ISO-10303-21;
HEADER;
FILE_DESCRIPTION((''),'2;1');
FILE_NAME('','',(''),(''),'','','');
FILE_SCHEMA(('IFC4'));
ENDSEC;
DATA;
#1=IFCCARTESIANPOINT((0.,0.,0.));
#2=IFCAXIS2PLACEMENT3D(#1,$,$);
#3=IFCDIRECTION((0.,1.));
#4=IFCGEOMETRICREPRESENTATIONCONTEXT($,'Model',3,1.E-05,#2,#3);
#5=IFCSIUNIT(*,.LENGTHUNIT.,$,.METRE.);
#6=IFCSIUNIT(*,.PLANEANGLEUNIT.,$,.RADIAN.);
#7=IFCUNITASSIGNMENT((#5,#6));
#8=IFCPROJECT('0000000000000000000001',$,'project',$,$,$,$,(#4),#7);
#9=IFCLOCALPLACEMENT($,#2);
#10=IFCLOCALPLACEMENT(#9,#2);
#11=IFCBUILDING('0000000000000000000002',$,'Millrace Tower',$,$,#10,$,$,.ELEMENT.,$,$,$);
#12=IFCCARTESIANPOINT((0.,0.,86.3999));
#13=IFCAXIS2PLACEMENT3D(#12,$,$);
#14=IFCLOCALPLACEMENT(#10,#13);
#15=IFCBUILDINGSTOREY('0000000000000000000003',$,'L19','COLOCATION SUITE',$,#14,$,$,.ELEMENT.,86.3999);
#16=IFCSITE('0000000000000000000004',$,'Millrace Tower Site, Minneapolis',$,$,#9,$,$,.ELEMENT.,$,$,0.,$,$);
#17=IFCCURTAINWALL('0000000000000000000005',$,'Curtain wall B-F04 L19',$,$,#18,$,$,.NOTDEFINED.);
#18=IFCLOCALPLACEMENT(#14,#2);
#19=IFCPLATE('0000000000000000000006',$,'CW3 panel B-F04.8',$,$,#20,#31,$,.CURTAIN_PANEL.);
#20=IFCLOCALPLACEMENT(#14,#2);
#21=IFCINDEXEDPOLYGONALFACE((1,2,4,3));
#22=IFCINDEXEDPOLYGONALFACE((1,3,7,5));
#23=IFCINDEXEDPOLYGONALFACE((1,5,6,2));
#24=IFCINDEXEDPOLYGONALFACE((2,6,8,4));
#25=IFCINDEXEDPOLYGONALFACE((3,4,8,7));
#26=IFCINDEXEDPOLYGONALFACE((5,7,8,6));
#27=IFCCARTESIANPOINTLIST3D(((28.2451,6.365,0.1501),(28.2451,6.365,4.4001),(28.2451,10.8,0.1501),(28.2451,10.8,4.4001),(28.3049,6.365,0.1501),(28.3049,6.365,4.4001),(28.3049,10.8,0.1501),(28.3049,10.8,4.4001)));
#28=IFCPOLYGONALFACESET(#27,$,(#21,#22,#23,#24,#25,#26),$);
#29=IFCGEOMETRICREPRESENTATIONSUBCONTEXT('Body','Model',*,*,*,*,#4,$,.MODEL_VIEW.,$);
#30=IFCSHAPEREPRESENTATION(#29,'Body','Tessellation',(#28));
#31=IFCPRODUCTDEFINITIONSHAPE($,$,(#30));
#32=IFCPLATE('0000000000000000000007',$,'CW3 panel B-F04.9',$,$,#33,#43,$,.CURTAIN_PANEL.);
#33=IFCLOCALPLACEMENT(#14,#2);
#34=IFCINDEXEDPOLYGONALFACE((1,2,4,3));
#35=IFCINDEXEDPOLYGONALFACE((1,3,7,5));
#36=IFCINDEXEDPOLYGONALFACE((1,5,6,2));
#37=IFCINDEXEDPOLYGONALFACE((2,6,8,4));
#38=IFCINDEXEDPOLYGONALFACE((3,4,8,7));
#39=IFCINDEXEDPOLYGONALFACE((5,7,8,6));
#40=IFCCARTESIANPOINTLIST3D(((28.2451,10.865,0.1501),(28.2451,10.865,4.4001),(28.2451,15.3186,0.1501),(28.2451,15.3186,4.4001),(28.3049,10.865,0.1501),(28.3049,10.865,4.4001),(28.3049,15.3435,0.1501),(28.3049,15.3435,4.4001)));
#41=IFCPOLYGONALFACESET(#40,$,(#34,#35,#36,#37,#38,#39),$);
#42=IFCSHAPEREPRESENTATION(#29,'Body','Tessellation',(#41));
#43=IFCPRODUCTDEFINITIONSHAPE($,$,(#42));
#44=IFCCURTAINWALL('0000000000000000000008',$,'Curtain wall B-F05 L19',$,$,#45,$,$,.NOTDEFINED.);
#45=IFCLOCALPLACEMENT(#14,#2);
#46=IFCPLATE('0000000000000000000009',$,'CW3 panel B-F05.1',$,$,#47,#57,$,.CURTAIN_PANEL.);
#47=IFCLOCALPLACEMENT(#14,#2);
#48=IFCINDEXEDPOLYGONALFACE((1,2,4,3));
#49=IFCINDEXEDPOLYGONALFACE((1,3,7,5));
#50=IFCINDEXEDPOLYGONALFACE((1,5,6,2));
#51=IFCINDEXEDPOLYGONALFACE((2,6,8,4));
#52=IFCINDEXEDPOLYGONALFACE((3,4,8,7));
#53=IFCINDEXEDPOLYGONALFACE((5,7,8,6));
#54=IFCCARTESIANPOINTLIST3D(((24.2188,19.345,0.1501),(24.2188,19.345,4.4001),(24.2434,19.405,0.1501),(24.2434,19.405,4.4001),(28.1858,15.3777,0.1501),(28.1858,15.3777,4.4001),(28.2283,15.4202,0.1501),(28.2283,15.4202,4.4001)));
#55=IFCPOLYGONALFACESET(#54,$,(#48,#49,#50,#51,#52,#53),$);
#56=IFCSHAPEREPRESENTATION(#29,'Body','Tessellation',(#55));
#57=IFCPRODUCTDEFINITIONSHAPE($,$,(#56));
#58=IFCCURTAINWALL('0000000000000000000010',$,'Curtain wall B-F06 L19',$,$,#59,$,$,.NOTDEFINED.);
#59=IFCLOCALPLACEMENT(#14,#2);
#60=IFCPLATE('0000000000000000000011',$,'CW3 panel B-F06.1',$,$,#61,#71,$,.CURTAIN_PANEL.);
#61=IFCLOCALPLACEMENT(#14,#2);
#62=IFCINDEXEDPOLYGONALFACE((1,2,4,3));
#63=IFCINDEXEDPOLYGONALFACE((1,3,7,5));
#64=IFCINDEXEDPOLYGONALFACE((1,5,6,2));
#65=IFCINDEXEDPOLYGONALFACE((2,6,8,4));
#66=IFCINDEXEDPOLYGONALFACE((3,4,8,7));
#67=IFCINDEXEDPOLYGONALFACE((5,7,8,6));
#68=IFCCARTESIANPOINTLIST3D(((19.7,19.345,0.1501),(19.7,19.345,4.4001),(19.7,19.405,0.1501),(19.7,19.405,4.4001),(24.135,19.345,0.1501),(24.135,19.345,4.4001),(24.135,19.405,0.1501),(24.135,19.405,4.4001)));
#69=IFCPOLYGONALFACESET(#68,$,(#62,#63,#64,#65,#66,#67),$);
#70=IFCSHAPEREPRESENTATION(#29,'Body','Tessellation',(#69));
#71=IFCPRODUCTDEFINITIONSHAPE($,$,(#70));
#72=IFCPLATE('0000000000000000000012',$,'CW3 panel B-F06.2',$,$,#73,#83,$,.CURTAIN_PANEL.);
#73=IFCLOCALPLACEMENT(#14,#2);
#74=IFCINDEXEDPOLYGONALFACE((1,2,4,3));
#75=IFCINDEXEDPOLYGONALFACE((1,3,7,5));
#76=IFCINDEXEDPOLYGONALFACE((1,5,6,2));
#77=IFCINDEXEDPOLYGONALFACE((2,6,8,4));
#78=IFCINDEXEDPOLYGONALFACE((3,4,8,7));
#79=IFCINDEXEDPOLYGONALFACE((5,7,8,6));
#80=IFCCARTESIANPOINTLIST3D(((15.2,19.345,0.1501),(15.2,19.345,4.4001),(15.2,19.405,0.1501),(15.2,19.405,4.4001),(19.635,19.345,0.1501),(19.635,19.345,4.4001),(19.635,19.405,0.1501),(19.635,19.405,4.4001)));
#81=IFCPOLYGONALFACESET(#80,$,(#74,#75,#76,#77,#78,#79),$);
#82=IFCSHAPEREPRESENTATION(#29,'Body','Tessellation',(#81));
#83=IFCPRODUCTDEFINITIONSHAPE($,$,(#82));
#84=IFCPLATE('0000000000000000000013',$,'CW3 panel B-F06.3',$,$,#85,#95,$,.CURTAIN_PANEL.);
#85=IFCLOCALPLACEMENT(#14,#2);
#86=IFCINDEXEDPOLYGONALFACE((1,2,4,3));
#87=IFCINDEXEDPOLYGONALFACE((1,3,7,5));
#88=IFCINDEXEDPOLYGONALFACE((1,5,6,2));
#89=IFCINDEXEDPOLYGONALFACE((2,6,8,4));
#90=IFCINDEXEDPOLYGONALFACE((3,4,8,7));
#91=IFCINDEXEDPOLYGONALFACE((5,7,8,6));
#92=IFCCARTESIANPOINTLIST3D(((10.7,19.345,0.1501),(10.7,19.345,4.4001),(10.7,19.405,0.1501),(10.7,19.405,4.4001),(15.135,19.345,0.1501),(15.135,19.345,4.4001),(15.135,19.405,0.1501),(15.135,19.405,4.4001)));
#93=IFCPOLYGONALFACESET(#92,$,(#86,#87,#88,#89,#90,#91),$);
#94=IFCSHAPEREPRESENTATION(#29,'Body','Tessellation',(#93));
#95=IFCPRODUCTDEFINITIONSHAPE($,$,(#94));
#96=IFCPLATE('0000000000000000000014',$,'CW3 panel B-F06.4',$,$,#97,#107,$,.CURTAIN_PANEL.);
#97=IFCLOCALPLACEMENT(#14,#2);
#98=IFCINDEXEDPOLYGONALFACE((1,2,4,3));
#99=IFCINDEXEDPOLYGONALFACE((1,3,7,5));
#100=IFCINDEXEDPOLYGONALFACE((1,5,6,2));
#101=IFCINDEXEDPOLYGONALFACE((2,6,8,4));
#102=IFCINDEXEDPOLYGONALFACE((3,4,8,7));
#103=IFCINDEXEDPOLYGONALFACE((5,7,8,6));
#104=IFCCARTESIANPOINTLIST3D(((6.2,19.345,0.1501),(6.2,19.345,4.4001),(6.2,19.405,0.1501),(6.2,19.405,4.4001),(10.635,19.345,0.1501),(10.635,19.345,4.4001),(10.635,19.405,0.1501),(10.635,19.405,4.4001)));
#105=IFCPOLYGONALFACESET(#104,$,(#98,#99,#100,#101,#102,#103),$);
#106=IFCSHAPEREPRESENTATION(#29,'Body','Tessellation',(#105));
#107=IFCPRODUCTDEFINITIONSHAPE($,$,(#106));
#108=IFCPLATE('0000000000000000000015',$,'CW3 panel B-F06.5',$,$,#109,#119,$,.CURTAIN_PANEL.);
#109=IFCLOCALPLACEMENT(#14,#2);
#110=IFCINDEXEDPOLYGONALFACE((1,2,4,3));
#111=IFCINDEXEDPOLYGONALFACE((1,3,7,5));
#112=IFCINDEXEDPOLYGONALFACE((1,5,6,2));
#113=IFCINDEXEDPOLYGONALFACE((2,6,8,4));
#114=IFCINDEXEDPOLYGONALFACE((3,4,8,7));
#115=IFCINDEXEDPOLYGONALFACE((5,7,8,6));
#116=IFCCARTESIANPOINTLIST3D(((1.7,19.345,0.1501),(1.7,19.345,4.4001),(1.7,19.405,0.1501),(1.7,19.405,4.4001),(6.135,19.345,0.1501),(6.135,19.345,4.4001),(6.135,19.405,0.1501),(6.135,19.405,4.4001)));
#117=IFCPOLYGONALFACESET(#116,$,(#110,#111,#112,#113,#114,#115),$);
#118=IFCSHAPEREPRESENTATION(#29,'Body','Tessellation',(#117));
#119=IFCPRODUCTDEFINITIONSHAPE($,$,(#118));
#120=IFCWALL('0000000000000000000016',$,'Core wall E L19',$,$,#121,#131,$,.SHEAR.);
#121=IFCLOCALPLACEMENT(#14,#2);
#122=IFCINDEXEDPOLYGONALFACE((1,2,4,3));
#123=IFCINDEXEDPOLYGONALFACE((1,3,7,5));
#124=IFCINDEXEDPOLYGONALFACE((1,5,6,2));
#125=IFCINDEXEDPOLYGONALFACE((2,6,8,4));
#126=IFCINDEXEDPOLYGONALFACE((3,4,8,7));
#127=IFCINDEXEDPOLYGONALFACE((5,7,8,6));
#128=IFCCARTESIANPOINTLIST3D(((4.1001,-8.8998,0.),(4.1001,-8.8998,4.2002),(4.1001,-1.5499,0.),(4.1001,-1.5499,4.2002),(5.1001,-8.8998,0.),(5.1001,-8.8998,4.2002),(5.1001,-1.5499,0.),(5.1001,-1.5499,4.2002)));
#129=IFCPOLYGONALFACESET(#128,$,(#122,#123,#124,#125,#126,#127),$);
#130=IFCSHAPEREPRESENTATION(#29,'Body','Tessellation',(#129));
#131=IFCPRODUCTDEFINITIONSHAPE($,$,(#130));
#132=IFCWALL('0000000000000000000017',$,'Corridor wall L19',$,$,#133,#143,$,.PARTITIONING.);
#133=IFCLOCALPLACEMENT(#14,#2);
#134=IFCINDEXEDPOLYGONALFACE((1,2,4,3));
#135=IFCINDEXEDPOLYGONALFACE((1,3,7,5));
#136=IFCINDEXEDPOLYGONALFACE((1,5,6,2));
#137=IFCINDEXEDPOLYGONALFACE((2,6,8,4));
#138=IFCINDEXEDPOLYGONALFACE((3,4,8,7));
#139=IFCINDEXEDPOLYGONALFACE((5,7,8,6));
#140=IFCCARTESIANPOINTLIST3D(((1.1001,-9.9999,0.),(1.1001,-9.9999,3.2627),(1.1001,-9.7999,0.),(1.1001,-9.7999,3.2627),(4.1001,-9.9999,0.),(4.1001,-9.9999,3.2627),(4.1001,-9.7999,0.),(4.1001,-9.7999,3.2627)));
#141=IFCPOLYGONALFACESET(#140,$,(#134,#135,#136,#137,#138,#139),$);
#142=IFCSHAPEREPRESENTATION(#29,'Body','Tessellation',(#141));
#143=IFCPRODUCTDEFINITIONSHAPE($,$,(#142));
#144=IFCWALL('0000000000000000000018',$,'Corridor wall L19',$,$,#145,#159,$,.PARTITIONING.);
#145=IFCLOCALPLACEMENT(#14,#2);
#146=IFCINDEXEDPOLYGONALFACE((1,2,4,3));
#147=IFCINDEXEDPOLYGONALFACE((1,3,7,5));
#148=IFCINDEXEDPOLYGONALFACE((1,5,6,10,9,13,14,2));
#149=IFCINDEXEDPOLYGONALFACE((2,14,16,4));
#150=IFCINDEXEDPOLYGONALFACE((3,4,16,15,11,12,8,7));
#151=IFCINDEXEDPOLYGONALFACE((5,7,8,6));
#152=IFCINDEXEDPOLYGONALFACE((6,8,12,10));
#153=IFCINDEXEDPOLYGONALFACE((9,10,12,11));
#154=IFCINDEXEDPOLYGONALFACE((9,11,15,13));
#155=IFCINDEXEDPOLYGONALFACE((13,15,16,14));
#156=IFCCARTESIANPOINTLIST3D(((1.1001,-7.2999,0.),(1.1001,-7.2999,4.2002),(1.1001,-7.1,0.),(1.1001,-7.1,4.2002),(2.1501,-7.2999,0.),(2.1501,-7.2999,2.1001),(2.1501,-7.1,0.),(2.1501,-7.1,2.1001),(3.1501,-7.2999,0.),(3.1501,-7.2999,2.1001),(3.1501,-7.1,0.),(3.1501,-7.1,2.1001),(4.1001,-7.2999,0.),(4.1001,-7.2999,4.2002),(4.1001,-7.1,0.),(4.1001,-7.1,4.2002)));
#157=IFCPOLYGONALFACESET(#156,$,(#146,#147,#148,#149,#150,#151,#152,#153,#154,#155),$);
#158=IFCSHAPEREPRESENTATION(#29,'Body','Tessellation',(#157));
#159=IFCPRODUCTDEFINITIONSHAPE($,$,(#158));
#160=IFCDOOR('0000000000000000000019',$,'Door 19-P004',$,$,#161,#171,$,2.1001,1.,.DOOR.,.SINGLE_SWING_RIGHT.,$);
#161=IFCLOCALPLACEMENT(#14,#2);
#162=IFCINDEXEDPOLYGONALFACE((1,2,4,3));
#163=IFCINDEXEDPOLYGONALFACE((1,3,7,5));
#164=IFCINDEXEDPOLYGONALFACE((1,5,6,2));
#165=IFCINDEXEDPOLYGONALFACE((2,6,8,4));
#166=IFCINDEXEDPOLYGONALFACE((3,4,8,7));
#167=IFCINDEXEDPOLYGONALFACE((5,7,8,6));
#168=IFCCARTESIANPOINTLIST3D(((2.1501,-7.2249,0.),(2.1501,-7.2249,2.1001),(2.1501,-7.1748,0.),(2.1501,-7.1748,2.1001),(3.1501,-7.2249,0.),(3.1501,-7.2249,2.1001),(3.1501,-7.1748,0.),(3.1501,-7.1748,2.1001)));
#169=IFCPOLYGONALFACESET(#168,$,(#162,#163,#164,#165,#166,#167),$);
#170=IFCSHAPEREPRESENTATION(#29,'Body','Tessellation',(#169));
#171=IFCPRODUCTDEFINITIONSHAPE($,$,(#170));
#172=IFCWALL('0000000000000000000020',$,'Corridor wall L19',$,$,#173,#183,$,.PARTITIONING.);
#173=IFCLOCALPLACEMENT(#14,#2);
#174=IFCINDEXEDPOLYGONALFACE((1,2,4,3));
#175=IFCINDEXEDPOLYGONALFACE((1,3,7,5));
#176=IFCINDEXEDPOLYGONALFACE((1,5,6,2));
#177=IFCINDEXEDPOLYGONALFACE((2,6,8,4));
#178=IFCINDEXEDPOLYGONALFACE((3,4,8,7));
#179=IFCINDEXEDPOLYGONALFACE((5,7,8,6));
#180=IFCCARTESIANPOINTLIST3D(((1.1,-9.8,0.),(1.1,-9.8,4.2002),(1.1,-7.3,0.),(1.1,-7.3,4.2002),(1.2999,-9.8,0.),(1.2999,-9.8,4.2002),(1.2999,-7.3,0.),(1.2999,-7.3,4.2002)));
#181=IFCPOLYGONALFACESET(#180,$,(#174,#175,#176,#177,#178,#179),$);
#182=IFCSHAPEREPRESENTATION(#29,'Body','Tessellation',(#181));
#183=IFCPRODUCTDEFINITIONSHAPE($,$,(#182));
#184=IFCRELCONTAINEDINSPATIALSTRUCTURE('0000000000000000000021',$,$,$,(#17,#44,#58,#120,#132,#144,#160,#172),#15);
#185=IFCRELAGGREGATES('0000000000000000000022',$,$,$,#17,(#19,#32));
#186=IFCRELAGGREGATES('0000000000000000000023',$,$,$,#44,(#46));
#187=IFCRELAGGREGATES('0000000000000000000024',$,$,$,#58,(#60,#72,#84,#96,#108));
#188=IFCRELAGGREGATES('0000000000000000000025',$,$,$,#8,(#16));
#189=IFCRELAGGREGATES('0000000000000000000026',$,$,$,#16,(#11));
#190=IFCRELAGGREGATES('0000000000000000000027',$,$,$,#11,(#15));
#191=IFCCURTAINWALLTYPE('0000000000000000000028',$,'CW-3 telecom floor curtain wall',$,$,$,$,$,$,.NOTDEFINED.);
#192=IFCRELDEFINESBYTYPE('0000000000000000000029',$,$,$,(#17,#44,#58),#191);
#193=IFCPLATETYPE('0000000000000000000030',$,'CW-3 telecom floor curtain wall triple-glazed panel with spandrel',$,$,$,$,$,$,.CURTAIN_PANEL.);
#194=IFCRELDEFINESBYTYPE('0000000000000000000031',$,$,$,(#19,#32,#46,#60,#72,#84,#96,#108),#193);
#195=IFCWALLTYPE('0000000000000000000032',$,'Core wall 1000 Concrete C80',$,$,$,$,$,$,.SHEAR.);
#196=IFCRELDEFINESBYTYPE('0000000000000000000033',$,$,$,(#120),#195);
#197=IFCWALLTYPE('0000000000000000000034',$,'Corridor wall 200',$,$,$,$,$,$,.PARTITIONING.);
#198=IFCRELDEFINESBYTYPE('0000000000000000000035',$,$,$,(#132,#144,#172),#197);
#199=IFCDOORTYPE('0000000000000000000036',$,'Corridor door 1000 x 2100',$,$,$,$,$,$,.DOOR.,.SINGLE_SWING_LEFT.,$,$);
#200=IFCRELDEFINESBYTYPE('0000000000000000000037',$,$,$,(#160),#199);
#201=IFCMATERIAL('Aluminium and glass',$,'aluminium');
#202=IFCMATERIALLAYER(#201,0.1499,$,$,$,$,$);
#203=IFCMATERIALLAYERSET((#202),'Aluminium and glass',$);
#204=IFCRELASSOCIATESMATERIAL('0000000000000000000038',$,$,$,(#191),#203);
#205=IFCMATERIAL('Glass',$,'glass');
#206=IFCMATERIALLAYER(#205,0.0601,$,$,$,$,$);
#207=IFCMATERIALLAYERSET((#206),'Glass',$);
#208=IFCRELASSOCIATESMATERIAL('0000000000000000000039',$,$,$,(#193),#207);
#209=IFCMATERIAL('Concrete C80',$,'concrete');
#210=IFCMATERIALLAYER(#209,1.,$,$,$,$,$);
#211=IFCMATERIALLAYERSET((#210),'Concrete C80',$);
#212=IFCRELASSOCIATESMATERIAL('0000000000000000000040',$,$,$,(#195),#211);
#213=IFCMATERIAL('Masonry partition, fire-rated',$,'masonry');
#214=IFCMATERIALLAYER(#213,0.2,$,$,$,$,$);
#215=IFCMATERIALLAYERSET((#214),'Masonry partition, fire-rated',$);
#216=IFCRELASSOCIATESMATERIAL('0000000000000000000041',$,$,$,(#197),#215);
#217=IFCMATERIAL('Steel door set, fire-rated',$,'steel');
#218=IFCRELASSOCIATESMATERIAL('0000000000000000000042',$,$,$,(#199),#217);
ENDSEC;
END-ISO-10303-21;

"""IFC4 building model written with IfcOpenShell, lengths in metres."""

from ifc_helpers import new_model, si_unit, direction, frame, frame_2d, origin, place, context, subcontext, project, spatial, polyline, rectangle, outline, extrude, material, layer, layer_set, type_object, element, fill, aggregate, save


model = new_model("IFC4")

# Units and contexts
model_context = context("Model", 3, precision=1e-05, world=origin(), true_north=direction((0.0, 1.0)))
body_context = subcontext(model_context, "Body", "Model", "MODEL_VIEW")
ifc_project = project(units=[si_unit("LENGTHUNIT", "METRE"), si_unit("PLANEANGLEUNIT", "RADIAN")], contexts=[model_context])

# Site, building, storey
site_placement = place(None, origin())
site = spatial("IfcSite", under=ifc_project, at=site_placement, Name="Millrace Tower Site, Minneapolis", CompositionType="ELEMENT", RefElevation=0.0)
building_placement = place(site_placement, origin())
building = spatial("IfcBuilding", under=site, at=building_placement, Name="Millrace Tower", CompositionType="ELEMENT")
storey_placement = place(building_placement, frame((0.0, 0.0, 86.3999)))
storey = spatial("IfcBuildingStorey", under=building, at=storey_placement, Name="L19", Description="COLOCATION SUITE", CompositionType="ELEMENT", Elevation=86.3999)

# Curtain wall, plates
ifc_material_1 = material(Name="Aluminium and glass", Category="aluminium")
ifc_layer_1 = layer(ifc_material_1, 0.1499)
ifc_layer_set_1 = layer_set([ifc_layer_1], Name="Aluminium and glass")
curtain_wall_type = type_object("IfcCurtainWallType", Name="CW-3 telecom floor curtain wall", PredefinedType="NOTDEFINED", material=ifc_layer_set_1)
placement_1 = place(storey_placement, origin())
curtain_wall_1 = element("IfcCurtainWall", 1, at=placement_1, inside=storey, type_object=curtain_wall_type, Name="Curtain wall B-F04 L19", PredefinedType="NOTDEFINED")
ifc_material_2 = material(Name="Glass", Category="glass")
ifc_layer_2 = layer(ifc_material_2, 0.0601)
ifc_layer_set_2 = layer_set([ifc_layer_2], Name="Glass")
plate_type = type_object("IfcPlateType", Name="CW-3 telecom floor curtain wall triple-glazed panel with spandrel", PredefinedType="CURTAIN_PANEL", material=ifc_layer_set_2)
placement_2 = place(storey_placement, frame((0.0, 0.0, 0.1501)))
plate_1 = element("IfcPlate", 2, at=placement_2, type_object=plate_type, Name="CW3 panel B-F04.8", PredefinedType="CURTAIN_PANEL", context=body_context, shape_type="SweptSolid", body=[
    extrude(outline(polyline([(28.3049, 6.365), (28.3049, 10.8), (28.2451, 10.8), (28.2451, 6.365), (28.3049, 6.365)])), origin(), (0.0, 0.0, 1.0), 4.25),
])
plate_2 = element("IfcPlate", 3, at=placement_2, type_object=plate_type, Name="CW3 panel B-F04.9", PredefinedType="CURTAIN_PANEL", context=body_context, shape_type="SweptSolid", body=[
    extrude(outline(polyline([(28.3049, 10.865), (28.3049, 15.3435), (28.2451, 15.3186), (28.2451, 10.865), (28.3049, 10.865)])), origin(), (0.0, 0.0, 1.0), 4.25),
])
aggregate(curtain_wall_1, [plate_1, plate_2])

# Curtain wall, plate
curtain_wall_2 = element("IfcCurtainWall", 4, at=placement_1, inside=storey, type_object=curtain_wall_type, Name="Curtain wall B-F05 L19", PredefinedType="NOTDEFINED")
plate_3 = element("IfcPlate", 5, at=placement_2, type_object=plate_type, Name="CW3 panel B-F05.1", PredefinedType="CURTAIN_PANEL", context=body_context, shape_type="SweptSolid", body=[
    extrude(outline(polyline([(28.2283, 15.4202), (24.2434, 19.405), (24.2188, 19.345), (28.1858, 15.3777), (28.2283, 15.4202)])), origin(), (0.0, 0.0, 1.0), 4.25),
])
aggregate(curtain_wall_2, [plate_3])

# Curtain wall, plates
curtain_wall_3 = element("IfcCurtainWall", 6, at=placement_1, inside=storey, type_object=curtain_wall_type, Name="Curtain wall B-F06 L19", PredefinedType="NOTDEFINED")
plate_4 = element("IfcPlate", 7, at=placement_2, type_object=plate_type, Name="CW3 panel B-F06.1", PredefinedType="CURTAIN_PANEL", context=body_context, shape_type="SweptSolid", body=[
    extrude(outline(polyline([(24.135, 19.405), (19.7, 19.405), (19.7, 19.345), (24.135, 19.345), (24.135, 19.405)])), origin(), (0.0, 0.0, 1.0), 4.25),
])
plate_5 = element("IfcPlate", 8, at=placement_2, type_object=plate_type, Name="CW3 panel B-F06.2", PredefinedType="CURTAIN_PANEL", context=body_context, shape_type="SweptSolid", body=[
    extrude(outline(polyline([(19.635, 19.405), (15.2, 19.405), (15.2, 19.345), (19.635, 19.345), (19.635, 19.405)])), origin(), (0.0, 0.0, 1.0), 4.25),
])
plate_6 = element("IfcPlate", 9, at=placement_2, type_object=plate_type, Name="CW3 panel B-F06.3", PredefinedType="CURTAIN_PANEL", context=body_context, shape_type="SweptSolid", body=[
    extrude(outline(polyline([(15.135, 19.405), (10.7, 19.405), (10.7, 19.345), (15.135, 19.345), (15.135, 19.405)])), origin(), (0.0, 0.0, 1.0), 4.25),
])
plate_7 = element("IfcPlate", 10, at=placement_2, type_object=plate_type, Name="CW3 panel B-F06.4", PredefinedType="CURTAIN_PANEL", context=body_context, shape_type="SweptSolid", body=[
    extrude(outline(polyline([(10.635, 19.405), (6.2, 19.405), (6.2, 19.345), (10.635, 19.345), (10.635, 19.405)])), origin(), (0.0, 0.0, 1.0), 4.25),
])
plate_8 = element("IfcPlate", 11, at=placement_2, type_object=plate_type, Name="CW3 panel B-F06.5", PredefinedType="CURTAIN_PANEL", context=body_context, shape_type="SweptSolid", body=[
    extrude(outline(polyline([(6.135, 19.405), (1.7, 19.405), (1.7, 19.345), (6.135, 19.345), (6.135, 19.405)])), origin(), (0.0, 0.0, 1.0), 4.25),
])
aggregate(curtain_wall_3, [plate_4, plate_5, plate_6, plate_7, plate_8])

# Walls
ifc_material_3 = material(Name="Concrete C80", Category="concrete")
ifc_layer_3 = layer(ifc_material_3, 1.0)
ifc_layer_set_3 = layer_set([ifc_layer_3], Name="Concrete C80")
wall_type_1 = type_object("IfcWallType", Name="Core wall 1000 Concrete C80", PredefinedType="SHEAR", material=ifc_layer_set_3)
wall_1_placement = place(storey_placement, frame((4.6001, -1.55, 0.0), z_axis=(0.0, 0.0, 1.0), x_axis=(0.0, -1.0, 0.0)))
element("IfcWall", 12, at=wall_1_placement, inside=storey, type_object=wall_type_1, Name="Core wall E L19", PredefinedType="SHEAR", context=body_context, shape_type="SweptSolid", body=[
    extrude(rectangle(XDim=7.3499, YDim=1.0, at=frame_2d((3.6748, 0.0))), origin(), (0.0, 0.0, 1.0), 4.2002),
])
ifc_material_4 = material(Name="Masonry partition, fire-rated", Category="masonry")
ifc_layer_4 = layer(ifc_material_4, 0.2)
ifc_layer_set_4 = layer_set([ifc_layer_4], Name="Masonry partition, fire-rated")
wall_type_2 = type_object("IfcWallType", Name="Corridor wall 200", PredefinedType="PARTITIONING", material=ifc_layer_set_4)
wall_2_placement = place(storey_placement, frame((1.1001, -9.8999, 0.0), z_axis=(0.0, 0.0, 1.0), x_axis=(1.0, 0.0, 0.0)))
element("IfcWall", 13, at=wall_2_placement, inside=storey, type_object=wall_type_2, Name="Corridor wall L19", PredefinedType="PARTITIONING", context=body_context, shape_type="SweptSolid", body=[
    extrude(rectangle(XDim=3.0, YDim=0.2, at=frame_2d((1.5, 0.0))), origin(), (0.0, 0.0, 1.0), 3.2627),
])

# Wall, opening, door
wall_3_placement = place(storey_placement, frame((1.1001, -7.2, 0.0), z_axis=(0.0, 0.0, 1.0), x_axis=(1.0, 0.0, 0.0)))
wall_3 = element("IfcWall", 14, at=wall_3_placement, inside=storey, type_object=wall_type_2, Name="Corridor wall L19", PredefinedType="PARTITIONING", context=body_context, shape_type="SweptSolid", body=[
    extrude(rectangle(XDim=3.0, YDim=0.2, at=frame_2d((1.5, 0.0))), origin(), (0.0, 0.0, 1.0), 4.2002),
])
opening_1_placement = place(wall_3_placement, frame((1.05, 0.0, 0.0)))
opening_1 = element("IfcOpeningElement", 15, at=opening_1_placement, cuts=wall_3, PredefinedType="OPENING", context=body_context, shape_type="SweptSolid", body=[
    extrude(rectangle(XDim=1.0, YDim=2.1001, at=frame_2d((0.5, 1.05))), frame((0.0, 0.1099, 0.0), z_axis=(0.0, -1.0, 0.0), x_axis=(1.0, 0.0, 0.0)), (0.0, 0.0, 1.0), 0.22),
])
ifc_material_5 = material(Name="Steel door set, fire-rated", Category="steel")
door_type_1 = type_object("IfcDoorType", Name="Corridor door 1000 x 2100", OperationType="SINGLE_SWING_LEFT", PredefinedType="DOOR", material=ifc_material_5)
door_1_placement = place(opening_1_placement, frame((1.0, 0.0, 0.0), z_axis=(0.0, 0.0, 1.0), x_axis=(-1.0, 0.0, 0.0)))
door_1 = element("IfcDoor", 16, at=door_1_placement, inside=storey, type_object=door_type_1, Name="Door 19-P004", OperationType="SINGLE_SWING_RIGHT", OverallHeight=2.1001, OverallWidth=1.0, PredefinedType="DOOR", context=body_context, shape_type="SweptSolid", body=[
    extrude(rectangle(XDim=1.0, YDim=2.1001, at=frame_2d((0.5, 1.05))), frame((0.0, 0.0249, 0.0), z_axis=(0.0, -1.0, 0.0), x_axis=(1.0, 0.0, 0.0)), (0.0, 0.0, 1.0), 0.05),
])
fill(opening_1, door_1)

# Wall
wall_4_placement = place(storey_placement, frame((1.2, -9.8, 0.0), z_axis=(0.0, 0.0, 1.0), x_axis=(0.0, 1.0, 0.0)))
element("IfcWall", 17, at=wall_4_placement, inside=storey, type_object=wall_type_2, Name="Corridor wall L19", PredefinedType="PARTITIONING", context=body_context, shape_type="SweptSolid", body=[
    extrude(rectangle(XDim=2.5, YDim=0.2, at=frame_2d((1.25, 0.0))), origin(), (0.0, 0.0, 1.0), 4.2002),
])

save(model, "model.ifc")
